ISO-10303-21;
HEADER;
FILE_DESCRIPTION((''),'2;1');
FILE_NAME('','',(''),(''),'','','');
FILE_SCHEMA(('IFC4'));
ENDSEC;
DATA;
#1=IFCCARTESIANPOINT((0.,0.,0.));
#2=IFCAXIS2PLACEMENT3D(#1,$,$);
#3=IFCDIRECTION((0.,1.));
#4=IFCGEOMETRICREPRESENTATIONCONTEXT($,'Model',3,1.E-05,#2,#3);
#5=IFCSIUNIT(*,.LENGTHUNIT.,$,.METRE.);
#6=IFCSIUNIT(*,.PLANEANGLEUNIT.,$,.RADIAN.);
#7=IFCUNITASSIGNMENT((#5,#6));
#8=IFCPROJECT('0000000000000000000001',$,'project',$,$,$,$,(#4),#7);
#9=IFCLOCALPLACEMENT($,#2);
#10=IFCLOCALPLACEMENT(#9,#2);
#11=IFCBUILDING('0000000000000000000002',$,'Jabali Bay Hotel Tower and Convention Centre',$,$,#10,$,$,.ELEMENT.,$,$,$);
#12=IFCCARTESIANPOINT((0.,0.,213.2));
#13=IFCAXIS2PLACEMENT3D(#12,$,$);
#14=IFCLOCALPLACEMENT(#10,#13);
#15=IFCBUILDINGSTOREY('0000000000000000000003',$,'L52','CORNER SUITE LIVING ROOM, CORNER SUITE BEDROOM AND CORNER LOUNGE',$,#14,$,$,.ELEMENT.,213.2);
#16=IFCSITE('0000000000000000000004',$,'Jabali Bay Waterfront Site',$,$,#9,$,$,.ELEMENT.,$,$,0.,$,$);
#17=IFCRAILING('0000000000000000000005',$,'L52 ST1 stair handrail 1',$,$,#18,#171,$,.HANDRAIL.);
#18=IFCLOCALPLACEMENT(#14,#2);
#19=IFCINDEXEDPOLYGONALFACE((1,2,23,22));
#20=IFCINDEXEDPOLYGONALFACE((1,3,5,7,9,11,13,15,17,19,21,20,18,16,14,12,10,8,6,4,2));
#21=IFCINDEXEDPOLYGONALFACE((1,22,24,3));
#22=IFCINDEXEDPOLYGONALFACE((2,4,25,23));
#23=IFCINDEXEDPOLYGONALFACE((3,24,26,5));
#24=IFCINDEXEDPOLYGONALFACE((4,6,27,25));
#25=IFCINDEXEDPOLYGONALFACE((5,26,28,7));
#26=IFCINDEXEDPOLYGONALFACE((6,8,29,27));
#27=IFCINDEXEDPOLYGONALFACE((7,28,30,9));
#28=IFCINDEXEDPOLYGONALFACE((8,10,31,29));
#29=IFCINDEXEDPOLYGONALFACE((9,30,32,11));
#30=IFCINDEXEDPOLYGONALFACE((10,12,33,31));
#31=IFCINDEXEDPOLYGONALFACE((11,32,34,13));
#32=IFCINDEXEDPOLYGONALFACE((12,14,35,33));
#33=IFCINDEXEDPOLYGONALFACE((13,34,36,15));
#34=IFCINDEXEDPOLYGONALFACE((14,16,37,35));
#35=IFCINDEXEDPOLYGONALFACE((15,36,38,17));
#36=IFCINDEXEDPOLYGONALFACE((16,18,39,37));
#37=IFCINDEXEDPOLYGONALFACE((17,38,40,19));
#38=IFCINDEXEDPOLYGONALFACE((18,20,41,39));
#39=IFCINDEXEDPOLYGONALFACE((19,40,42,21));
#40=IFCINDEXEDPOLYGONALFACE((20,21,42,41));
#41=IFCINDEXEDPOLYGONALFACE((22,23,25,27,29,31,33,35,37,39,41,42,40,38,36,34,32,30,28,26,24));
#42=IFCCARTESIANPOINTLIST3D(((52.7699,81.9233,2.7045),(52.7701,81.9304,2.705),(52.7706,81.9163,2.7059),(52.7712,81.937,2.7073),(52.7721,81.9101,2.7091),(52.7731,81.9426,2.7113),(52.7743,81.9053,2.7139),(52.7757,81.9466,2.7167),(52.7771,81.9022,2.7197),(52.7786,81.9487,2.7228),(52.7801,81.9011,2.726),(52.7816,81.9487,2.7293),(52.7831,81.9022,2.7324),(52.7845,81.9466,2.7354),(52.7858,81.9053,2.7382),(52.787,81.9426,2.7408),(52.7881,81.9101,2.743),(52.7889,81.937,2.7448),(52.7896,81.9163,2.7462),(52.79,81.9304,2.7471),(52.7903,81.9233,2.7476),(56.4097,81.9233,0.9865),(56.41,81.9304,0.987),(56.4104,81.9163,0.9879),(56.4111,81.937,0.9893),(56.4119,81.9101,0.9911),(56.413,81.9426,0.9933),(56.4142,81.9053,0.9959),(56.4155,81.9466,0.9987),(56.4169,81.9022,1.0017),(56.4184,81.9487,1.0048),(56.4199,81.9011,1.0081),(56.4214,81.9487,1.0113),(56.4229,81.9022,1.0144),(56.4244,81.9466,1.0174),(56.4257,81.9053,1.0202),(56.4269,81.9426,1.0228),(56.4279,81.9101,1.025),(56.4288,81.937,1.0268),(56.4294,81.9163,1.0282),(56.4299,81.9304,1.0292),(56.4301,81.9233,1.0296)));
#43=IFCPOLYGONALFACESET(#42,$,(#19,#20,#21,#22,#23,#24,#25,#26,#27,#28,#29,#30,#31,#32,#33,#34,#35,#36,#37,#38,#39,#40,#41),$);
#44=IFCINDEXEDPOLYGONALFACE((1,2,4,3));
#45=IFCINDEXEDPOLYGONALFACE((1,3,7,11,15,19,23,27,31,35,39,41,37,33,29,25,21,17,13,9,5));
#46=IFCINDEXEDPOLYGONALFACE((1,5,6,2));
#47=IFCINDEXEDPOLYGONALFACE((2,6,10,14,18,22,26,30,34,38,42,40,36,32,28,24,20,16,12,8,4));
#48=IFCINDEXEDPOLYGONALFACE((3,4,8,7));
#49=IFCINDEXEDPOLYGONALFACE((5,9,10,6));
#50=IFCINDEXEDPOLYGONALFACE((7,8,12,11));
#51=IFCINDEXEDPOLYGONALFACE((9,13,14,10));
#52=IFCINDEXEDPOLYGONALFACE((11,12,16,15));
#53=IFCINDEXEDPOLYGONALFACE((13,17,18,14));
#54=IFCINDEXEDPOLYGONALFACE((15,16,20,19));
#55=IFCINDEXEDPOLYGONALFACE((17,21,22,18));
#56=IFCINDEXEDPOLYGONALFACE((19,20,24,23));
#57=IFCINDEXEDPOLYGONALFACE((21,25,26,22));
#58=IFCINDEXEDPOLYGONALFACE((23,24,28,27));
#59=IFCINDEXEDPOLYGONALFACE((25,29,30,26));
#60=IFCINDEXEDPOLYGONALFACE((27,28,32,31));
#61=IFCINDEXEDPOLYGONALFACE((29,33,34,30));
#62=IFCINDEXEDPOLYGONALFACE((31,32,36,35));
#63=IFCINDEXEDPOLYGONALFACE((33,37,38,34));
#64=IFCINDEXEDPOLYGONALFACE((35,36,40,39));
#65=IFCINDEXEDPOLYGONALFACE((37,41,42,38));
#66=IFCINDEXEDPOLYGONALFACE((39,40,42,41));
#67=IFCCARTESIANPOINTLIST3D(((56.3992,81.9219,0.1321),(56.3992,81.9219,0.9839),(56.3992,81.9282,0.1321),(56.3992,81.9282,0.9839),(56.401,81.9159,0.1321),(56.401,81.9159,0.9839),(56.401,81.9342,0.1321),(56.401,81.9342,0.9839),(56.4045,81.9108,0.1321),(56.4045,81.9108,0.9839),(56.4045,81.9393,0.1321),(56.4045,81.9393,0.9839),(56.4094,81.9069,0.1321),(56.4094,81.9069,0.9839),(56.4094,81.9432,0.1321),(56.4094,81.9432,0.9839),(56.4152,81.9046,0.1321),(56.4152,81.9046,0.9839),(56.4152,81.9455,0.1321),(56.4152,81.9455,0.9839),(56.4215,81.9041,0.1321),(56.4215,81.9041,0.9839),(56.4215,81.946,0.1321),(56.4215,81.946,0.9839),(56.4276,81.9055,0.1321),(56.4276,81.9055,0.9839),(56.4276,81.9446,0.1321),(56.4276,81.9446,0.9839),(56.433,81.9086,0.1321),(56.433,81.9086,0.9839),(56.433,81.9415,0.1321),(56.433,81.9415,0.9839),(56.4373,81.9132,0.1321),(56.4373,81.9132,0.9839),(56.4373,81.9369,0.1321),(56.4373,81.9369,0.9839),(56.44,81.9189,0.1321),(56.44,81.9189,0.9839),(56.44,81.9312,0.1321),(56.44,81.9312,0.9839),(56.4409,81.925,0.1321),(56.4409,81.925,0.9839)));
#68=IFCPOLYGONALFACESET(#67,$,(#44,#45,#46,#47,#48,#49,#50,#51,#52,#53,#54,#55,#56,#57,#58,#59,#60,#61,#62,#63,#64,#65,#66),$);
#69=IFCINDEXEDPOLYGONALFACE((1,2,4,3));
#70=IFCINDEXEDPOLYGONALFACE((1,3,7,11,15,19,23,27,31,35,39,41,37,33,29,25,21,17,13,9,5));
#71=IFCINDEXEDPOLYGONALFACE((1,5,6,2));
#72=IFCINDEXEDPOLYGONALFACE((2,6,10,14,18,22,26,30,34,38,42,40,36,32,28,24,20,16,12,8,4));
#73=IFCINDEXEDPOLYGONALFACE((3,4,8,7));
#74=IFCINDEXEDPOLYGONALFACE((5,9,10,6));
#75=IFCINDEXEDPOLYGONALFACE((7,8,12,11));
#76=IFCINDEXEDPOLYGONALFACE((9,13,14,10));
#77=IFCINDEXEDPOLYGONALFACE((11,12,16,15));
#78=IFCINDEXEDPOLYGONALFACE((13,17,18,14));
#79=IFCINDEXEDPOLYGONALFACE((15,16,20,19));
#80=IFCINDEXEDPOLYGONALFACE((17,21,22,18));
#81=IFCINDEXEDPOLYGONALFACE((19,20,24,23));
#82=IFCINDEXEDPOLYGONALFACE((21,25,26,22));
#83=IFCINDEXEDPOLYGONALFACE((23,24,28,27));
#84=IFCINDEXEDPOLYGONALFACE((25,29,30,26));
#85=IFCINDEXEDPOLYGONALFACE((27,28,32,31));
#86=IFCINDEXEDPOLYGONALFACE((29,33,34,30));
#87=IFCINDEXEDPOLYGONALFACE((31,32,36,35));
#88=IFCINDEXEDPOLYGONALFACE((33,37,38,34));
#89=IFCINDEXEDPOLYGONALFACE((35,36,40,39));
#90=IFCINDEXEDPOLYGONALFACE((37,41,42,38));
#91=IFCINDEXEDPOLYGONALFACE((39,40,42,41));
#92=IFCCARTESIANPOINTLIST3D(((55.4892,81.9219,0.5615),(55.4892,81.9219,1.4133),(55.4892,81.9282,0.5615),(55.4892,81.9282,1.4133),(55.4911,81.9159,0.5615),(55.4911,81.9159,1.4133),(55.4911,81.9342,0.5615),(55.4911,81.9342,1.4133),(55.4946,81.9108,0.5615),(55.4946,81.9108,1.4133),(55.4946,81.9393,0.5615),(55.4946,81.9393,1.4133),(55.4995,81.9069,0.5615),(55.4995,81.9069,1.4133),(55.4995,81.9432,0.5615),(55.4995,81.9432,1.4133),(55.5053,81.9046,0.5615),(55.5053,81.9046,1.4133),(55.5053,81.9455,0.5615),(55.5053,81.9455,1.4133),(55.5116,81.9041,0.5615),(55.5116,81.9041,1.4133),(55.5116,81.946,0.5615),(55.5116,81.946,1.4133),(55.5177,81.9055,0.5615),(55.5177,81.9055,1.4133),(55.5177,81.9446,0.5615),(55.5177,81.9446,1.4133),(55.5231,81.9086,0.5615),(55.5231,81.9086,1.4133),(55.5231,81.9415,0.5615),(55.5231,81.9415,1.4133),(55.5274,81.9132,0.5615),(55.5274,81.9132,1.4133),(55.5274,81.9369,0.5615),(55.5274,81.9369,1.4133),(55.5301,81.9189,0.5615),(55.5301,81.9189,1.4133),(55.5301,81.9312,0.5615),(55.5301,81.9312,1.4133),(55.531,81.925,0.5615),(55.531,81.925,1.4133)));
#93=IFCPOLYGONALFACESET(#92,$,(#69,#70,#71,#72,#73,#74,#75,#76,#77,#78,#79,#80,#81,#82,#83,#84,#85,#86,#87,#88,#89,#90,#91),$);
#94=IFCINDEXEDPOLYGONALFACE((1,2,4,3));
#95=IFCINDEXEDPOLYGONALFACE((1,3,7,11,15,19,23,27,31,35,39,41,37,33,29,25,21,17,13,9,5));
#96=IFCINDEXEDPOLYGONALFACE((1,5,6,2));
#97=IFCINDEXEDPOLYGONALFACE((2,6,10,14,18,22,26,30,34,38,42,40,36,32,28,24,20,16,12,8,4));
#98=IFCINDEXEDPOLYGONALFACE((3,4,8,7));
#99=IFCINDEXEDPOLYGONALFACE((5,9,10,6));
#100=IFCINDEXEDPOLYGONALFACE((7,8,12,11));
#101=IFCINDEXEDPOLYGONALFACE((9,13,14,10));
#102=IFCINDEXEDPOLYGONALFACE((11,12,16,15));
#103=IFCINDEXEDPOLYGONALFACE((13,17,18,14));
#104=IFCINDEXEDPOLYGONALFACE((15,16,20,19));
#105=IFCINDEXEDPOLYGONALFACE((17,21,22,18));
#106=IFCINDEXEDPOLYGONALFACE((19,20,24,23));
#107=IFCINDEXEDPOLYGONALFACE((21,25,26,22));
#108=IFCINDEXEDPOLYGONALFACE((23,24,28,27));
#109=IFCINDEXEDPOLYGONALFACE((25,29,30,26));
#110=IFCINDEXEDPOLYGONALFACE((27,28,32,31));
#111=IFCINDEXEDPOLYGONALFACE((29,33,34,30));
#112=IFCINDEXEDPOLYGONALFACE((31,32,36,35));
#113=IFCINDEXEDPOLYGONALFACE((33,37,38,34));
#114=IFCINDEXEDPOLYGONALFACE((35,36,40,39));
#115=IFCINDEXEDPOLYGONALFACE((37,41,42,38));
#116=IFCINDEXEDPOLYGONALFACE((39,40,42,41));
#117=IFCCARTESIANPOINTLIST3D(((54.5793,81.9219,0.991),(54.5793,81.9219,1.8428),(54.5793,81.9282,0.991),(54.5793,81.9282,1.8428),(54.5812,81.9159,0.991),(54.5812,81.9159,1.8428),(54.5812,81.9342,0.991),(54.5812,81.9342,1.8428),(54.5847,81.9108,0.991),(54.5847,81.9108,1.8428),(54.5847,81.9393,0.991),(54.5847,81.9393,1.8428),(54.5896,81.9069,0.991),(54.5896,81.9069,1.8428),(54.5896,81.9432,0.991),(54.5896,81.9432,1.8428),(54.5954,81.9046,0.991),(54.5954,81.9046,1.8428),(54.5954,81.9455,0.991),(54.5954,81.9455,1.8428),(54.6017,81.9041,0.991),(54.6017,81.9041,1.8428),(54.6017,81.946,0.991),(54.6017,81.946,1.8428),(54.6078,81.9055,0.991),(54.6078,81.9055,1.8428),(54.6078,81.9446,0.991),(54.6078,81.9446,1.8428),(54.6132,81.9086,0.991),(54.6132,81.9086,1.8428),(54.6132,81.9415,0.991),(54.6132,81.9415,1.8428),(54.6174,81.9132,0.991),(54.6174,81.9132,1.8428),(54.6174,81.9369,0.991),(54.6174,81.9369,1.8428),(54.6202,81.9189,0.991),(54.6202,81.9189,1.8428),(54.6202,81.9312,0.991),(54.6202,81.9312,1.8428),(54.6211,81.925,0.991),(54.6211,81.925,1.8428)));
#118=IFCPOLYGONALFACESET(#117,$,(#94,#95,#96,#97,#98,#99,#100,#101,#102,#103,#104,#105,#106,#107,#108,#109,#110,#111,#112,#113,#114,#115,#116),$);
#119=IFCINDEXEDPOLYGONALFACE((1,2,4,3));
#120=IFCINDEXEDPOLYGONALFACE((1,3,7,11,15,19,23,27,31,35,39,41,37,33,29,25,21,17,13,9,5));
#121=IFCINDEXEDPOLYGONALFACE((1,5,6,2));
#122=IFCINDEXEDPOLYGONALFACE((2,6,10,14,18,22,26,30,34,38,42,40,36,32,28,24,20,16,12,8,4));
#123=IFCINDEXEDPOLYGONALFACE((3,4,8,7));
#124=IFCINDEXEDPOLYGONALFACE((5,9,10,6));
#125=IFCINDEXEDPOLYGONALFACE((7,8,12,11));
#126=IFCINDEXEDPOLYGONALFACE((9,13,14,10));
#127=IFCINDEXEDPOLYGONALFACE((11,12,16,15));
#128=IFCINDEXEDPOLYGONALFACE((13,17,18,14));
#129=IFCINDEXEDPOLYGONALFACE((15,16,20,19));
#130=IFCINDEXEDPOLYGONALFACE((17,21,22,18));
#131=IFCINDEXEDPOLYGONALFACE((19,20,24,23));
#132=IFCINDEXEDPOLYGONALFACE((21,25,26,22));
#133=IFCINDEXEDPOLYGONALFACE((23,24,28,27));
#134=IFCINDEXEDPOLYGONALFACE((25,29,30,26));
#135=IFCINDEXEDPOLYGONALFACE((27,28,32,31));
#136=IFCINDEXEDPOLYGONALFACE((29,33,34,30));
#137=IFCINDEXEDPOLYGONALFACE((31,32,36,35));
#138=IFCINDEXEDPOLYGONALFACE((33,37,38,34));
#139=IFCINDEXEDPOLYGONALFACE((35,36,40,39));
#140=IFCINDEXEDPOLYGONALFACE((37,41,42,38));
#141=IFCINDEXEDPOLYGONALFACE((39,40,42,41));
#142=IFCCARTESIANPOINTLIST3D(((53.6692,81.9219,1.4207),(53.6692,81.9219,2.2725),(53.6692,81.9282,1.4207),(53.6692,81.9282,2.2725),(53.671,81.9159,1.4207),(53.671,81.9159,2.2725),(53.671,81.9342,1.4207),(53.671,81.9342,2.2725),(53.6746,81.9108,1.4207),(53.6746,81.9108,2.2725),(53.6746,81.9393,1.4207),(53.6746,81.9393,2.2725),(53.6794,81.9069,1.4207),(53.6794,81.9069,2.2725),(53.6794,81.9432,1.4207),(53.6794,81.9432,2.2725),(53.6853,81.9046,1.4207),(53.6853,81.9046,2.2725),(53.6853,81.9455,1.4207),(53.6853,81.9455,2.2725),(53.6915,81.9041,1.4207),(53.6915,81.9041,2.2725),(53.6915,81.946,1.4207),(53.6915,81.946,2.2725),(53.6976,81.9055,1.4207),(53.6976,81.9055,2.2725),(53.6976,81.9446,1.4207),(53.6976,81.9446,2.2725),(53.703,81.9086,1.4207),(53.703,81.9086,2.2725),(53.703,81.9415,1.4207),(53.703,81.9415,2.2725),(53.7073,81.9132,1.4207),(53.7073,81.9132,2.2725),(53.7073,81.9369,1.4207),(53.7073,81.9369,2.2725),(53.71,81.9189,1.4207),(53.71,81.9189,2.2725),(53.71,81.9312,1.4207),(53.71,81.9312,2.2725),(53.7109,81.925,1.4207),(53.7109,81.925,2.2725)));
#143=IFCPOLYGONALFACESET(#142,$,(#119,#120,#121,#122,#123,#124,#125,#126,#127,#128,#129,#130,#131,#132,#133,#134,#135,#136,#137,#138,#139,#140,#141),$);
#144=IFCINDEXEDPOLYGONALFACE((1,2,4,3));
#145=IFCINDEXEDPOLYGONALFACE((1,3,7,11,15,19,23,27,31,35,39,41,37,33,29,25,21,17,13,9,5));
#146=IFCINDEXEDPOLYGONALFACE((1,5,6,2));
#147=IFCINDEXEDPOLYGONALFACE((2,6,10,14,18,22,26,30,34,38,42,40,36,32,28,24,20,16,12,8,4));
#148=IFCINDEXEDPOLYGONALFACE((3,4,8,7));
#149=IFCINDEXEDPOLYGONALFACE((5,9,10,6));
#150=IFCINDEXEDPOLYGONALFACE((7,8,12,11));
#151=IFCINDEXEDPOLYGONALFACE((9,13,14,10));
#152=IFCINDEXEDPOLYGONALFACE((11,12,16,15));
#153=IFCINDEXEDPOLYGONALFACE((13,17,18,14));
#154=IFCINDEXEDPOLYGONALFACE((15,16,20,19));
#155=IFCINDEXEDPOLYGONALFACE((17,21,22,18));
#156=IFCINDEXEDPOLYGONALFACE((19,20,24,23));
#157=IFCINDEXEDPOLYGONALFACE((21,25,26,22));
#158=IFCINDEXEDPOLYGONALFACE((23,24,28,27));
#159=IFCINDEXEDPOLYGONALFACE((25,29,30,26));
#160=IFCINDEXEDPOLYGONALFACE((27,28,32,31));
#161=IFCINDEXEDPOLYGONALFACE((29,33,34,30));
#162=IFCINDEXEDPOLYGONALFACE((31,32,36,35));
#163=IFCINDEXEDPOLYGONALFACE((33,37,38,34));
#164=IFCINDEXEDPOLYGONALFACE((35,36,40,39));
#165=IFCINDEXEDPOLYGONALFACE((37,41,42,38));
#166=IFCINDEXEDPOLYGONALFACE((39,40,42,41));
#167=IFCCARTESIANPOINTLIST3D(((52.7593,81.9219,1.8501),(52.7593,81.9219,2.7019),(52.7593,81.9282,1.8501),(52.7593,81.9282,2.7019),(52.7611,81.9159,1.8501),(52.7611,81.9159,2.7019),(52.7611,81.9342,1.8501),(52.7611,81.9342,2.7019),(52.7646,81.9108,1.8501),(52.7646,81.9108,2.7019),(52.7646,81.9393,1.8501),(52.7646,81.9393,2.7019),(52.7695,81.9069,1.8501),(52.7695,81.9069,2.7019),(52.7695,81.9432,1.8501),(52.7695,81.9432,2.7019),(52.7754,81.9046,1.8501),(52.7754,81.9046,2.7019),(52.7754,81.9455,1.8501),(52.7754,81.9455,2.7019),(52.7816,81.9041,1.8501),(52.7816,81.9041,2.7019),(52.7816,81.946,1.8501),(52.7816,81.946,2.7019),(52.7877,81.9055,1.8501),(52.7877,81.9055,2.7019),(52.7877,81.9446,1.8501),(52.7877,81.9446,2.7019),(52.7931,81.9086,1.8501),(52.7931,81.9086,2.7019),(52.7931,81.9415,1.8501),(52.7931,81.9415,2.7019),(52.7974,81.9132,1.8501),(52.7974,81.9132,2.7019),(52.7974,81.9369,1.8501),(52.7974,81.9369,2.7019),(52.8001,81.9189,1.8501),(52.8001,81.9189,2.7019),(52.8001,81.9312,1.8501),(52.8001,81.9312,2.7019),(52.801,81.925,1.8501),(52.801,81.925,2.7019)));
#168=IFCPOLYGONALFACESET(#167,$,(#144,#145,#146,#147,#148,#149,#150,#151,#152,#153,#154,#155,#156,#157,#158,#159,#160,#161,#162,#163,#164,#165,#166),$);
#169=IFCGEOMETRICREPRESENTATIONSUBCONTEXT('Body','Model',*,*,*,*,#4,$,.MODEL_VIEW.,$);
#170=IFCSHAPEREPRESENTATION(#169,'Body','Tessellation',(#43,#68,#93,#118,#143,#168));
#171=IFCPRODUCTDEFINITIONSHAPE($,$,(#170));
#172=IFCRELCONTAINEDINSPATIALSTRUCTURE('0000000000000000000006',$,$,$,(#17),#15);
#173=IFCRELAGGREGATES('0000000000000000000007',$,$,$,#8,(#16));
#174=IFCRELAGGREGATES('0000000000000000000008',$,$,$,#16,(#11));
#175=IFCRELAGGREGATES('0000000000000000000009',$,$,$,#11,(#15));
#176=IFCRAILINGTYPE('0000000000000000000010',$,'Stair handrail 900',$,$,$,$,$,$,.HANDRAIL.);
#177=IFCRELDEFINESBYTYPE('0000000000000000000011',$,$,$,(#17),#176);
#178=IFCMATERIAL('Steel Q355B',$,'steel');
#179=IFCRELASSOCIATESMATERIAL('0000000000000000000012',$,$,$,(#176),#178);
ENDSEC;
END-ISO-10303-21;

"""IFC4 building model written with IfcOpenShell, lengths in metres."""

from ifc_helpers import new_model, si_unit, direction, frame, origin, origin_2d, place, context, subcontext, project, spatial, circle, extrude, material, type_object, element, save


model = new_model("IFC4")

# Units and contexts
model_context = context("Model", 3, precision=1e-05, world=origin(), true_north=direction((0.0, 1.0)))
body_context = subcontext(model_context, "Body", "Model", "MODEL_VIEW")
ifc_project = project(units=[si_unit("LENGTHUNIT", "METRE"), si_unit("PLANEANGLEUNIT", "RADIAN")], contexts=[model_context])

# Site, building, storey
site_placement = place(None, origin())
site = spatial("IfcSite", under=ifc_project, at=site_placement, Name="Jabali Bay Waterfront Site", CompositionType="ELEMENT", RefElevation=0.0)
building_placement = place(site_placement, origin())
building = spatial("IfcBuilding", under=site, at=building_placement, Name="Jabali Bay Hotel Tower and Convention Centre", CompositionType="ELEMENT")
storey_placement = place(building_placement, frame((0.0, 0.0, 213.2)))
storey = spatial("IfcBuildingStorey", under=building, at=storey_placement, Name="L52", Description="CORNER SUITE LIVING ROOM, CORNER SUITE BEDROOM AND CORNER LOUNGE", CompositionType="ELEMENT", Elevation=213.2)

# Railing
ifc_material_1 = material(Name="Steel Q355B", Category="steel")
railing_type = type_object("IfcRailingType", Name="Stair handrail 900", PredefinedType="HANDRAIL", material=ifc_material_1)
railing_placement = place(storey_placement, frame((56.4199, 81.925, 0.1321)))
element("IfcRailing", 1, at=railing_placement, inside=storey, type_object=railing_type, Name="L52 ST1 stair handrail 1", PredefinedType="HANDRAIL", context=body_context, shape_type="SweptSolid", body=[
    extrude(circle(Radius=0.0239, at=origin_2d()), frame((0.0, 0.0, 0.876), z_axis=(-0.904327, 0.0, 0.42684), x_axis=(0.0, -1.0, 0.0)), (0.0, 0.0, 1.0), 4.0249),
    extrude(circle(Radius=0.021, at=origin_2d()), origin(), (0.0, 0.0, 1.0), 0.8518),
    extrude(circle(Radius=0.021, at=origin_2d()), frame((-0.9099, 0.0, 0.4294)), (0.0, 0.0, 1.0), 0.8518),
    extrude(circle(Radius=0.021, at=origin_2d()), frame((-1.8198, 0.0, 0.8589)), (0.0, 0.0, 1.0), 0.8518),
    extrude(circle(Radius=0.021, at=origin_2d()), frame((-2.73, 0.0, 1.2886)), (0.0, 0.0, 1.0), 0.8518),
    extrude(circle(Radius=0.021, at=origin_2d()), frame((-3.6399, 0.0, 1.718)), (0.0, 0.0, 1.0), 0.8518),
])

save(model, "model.ifc")
